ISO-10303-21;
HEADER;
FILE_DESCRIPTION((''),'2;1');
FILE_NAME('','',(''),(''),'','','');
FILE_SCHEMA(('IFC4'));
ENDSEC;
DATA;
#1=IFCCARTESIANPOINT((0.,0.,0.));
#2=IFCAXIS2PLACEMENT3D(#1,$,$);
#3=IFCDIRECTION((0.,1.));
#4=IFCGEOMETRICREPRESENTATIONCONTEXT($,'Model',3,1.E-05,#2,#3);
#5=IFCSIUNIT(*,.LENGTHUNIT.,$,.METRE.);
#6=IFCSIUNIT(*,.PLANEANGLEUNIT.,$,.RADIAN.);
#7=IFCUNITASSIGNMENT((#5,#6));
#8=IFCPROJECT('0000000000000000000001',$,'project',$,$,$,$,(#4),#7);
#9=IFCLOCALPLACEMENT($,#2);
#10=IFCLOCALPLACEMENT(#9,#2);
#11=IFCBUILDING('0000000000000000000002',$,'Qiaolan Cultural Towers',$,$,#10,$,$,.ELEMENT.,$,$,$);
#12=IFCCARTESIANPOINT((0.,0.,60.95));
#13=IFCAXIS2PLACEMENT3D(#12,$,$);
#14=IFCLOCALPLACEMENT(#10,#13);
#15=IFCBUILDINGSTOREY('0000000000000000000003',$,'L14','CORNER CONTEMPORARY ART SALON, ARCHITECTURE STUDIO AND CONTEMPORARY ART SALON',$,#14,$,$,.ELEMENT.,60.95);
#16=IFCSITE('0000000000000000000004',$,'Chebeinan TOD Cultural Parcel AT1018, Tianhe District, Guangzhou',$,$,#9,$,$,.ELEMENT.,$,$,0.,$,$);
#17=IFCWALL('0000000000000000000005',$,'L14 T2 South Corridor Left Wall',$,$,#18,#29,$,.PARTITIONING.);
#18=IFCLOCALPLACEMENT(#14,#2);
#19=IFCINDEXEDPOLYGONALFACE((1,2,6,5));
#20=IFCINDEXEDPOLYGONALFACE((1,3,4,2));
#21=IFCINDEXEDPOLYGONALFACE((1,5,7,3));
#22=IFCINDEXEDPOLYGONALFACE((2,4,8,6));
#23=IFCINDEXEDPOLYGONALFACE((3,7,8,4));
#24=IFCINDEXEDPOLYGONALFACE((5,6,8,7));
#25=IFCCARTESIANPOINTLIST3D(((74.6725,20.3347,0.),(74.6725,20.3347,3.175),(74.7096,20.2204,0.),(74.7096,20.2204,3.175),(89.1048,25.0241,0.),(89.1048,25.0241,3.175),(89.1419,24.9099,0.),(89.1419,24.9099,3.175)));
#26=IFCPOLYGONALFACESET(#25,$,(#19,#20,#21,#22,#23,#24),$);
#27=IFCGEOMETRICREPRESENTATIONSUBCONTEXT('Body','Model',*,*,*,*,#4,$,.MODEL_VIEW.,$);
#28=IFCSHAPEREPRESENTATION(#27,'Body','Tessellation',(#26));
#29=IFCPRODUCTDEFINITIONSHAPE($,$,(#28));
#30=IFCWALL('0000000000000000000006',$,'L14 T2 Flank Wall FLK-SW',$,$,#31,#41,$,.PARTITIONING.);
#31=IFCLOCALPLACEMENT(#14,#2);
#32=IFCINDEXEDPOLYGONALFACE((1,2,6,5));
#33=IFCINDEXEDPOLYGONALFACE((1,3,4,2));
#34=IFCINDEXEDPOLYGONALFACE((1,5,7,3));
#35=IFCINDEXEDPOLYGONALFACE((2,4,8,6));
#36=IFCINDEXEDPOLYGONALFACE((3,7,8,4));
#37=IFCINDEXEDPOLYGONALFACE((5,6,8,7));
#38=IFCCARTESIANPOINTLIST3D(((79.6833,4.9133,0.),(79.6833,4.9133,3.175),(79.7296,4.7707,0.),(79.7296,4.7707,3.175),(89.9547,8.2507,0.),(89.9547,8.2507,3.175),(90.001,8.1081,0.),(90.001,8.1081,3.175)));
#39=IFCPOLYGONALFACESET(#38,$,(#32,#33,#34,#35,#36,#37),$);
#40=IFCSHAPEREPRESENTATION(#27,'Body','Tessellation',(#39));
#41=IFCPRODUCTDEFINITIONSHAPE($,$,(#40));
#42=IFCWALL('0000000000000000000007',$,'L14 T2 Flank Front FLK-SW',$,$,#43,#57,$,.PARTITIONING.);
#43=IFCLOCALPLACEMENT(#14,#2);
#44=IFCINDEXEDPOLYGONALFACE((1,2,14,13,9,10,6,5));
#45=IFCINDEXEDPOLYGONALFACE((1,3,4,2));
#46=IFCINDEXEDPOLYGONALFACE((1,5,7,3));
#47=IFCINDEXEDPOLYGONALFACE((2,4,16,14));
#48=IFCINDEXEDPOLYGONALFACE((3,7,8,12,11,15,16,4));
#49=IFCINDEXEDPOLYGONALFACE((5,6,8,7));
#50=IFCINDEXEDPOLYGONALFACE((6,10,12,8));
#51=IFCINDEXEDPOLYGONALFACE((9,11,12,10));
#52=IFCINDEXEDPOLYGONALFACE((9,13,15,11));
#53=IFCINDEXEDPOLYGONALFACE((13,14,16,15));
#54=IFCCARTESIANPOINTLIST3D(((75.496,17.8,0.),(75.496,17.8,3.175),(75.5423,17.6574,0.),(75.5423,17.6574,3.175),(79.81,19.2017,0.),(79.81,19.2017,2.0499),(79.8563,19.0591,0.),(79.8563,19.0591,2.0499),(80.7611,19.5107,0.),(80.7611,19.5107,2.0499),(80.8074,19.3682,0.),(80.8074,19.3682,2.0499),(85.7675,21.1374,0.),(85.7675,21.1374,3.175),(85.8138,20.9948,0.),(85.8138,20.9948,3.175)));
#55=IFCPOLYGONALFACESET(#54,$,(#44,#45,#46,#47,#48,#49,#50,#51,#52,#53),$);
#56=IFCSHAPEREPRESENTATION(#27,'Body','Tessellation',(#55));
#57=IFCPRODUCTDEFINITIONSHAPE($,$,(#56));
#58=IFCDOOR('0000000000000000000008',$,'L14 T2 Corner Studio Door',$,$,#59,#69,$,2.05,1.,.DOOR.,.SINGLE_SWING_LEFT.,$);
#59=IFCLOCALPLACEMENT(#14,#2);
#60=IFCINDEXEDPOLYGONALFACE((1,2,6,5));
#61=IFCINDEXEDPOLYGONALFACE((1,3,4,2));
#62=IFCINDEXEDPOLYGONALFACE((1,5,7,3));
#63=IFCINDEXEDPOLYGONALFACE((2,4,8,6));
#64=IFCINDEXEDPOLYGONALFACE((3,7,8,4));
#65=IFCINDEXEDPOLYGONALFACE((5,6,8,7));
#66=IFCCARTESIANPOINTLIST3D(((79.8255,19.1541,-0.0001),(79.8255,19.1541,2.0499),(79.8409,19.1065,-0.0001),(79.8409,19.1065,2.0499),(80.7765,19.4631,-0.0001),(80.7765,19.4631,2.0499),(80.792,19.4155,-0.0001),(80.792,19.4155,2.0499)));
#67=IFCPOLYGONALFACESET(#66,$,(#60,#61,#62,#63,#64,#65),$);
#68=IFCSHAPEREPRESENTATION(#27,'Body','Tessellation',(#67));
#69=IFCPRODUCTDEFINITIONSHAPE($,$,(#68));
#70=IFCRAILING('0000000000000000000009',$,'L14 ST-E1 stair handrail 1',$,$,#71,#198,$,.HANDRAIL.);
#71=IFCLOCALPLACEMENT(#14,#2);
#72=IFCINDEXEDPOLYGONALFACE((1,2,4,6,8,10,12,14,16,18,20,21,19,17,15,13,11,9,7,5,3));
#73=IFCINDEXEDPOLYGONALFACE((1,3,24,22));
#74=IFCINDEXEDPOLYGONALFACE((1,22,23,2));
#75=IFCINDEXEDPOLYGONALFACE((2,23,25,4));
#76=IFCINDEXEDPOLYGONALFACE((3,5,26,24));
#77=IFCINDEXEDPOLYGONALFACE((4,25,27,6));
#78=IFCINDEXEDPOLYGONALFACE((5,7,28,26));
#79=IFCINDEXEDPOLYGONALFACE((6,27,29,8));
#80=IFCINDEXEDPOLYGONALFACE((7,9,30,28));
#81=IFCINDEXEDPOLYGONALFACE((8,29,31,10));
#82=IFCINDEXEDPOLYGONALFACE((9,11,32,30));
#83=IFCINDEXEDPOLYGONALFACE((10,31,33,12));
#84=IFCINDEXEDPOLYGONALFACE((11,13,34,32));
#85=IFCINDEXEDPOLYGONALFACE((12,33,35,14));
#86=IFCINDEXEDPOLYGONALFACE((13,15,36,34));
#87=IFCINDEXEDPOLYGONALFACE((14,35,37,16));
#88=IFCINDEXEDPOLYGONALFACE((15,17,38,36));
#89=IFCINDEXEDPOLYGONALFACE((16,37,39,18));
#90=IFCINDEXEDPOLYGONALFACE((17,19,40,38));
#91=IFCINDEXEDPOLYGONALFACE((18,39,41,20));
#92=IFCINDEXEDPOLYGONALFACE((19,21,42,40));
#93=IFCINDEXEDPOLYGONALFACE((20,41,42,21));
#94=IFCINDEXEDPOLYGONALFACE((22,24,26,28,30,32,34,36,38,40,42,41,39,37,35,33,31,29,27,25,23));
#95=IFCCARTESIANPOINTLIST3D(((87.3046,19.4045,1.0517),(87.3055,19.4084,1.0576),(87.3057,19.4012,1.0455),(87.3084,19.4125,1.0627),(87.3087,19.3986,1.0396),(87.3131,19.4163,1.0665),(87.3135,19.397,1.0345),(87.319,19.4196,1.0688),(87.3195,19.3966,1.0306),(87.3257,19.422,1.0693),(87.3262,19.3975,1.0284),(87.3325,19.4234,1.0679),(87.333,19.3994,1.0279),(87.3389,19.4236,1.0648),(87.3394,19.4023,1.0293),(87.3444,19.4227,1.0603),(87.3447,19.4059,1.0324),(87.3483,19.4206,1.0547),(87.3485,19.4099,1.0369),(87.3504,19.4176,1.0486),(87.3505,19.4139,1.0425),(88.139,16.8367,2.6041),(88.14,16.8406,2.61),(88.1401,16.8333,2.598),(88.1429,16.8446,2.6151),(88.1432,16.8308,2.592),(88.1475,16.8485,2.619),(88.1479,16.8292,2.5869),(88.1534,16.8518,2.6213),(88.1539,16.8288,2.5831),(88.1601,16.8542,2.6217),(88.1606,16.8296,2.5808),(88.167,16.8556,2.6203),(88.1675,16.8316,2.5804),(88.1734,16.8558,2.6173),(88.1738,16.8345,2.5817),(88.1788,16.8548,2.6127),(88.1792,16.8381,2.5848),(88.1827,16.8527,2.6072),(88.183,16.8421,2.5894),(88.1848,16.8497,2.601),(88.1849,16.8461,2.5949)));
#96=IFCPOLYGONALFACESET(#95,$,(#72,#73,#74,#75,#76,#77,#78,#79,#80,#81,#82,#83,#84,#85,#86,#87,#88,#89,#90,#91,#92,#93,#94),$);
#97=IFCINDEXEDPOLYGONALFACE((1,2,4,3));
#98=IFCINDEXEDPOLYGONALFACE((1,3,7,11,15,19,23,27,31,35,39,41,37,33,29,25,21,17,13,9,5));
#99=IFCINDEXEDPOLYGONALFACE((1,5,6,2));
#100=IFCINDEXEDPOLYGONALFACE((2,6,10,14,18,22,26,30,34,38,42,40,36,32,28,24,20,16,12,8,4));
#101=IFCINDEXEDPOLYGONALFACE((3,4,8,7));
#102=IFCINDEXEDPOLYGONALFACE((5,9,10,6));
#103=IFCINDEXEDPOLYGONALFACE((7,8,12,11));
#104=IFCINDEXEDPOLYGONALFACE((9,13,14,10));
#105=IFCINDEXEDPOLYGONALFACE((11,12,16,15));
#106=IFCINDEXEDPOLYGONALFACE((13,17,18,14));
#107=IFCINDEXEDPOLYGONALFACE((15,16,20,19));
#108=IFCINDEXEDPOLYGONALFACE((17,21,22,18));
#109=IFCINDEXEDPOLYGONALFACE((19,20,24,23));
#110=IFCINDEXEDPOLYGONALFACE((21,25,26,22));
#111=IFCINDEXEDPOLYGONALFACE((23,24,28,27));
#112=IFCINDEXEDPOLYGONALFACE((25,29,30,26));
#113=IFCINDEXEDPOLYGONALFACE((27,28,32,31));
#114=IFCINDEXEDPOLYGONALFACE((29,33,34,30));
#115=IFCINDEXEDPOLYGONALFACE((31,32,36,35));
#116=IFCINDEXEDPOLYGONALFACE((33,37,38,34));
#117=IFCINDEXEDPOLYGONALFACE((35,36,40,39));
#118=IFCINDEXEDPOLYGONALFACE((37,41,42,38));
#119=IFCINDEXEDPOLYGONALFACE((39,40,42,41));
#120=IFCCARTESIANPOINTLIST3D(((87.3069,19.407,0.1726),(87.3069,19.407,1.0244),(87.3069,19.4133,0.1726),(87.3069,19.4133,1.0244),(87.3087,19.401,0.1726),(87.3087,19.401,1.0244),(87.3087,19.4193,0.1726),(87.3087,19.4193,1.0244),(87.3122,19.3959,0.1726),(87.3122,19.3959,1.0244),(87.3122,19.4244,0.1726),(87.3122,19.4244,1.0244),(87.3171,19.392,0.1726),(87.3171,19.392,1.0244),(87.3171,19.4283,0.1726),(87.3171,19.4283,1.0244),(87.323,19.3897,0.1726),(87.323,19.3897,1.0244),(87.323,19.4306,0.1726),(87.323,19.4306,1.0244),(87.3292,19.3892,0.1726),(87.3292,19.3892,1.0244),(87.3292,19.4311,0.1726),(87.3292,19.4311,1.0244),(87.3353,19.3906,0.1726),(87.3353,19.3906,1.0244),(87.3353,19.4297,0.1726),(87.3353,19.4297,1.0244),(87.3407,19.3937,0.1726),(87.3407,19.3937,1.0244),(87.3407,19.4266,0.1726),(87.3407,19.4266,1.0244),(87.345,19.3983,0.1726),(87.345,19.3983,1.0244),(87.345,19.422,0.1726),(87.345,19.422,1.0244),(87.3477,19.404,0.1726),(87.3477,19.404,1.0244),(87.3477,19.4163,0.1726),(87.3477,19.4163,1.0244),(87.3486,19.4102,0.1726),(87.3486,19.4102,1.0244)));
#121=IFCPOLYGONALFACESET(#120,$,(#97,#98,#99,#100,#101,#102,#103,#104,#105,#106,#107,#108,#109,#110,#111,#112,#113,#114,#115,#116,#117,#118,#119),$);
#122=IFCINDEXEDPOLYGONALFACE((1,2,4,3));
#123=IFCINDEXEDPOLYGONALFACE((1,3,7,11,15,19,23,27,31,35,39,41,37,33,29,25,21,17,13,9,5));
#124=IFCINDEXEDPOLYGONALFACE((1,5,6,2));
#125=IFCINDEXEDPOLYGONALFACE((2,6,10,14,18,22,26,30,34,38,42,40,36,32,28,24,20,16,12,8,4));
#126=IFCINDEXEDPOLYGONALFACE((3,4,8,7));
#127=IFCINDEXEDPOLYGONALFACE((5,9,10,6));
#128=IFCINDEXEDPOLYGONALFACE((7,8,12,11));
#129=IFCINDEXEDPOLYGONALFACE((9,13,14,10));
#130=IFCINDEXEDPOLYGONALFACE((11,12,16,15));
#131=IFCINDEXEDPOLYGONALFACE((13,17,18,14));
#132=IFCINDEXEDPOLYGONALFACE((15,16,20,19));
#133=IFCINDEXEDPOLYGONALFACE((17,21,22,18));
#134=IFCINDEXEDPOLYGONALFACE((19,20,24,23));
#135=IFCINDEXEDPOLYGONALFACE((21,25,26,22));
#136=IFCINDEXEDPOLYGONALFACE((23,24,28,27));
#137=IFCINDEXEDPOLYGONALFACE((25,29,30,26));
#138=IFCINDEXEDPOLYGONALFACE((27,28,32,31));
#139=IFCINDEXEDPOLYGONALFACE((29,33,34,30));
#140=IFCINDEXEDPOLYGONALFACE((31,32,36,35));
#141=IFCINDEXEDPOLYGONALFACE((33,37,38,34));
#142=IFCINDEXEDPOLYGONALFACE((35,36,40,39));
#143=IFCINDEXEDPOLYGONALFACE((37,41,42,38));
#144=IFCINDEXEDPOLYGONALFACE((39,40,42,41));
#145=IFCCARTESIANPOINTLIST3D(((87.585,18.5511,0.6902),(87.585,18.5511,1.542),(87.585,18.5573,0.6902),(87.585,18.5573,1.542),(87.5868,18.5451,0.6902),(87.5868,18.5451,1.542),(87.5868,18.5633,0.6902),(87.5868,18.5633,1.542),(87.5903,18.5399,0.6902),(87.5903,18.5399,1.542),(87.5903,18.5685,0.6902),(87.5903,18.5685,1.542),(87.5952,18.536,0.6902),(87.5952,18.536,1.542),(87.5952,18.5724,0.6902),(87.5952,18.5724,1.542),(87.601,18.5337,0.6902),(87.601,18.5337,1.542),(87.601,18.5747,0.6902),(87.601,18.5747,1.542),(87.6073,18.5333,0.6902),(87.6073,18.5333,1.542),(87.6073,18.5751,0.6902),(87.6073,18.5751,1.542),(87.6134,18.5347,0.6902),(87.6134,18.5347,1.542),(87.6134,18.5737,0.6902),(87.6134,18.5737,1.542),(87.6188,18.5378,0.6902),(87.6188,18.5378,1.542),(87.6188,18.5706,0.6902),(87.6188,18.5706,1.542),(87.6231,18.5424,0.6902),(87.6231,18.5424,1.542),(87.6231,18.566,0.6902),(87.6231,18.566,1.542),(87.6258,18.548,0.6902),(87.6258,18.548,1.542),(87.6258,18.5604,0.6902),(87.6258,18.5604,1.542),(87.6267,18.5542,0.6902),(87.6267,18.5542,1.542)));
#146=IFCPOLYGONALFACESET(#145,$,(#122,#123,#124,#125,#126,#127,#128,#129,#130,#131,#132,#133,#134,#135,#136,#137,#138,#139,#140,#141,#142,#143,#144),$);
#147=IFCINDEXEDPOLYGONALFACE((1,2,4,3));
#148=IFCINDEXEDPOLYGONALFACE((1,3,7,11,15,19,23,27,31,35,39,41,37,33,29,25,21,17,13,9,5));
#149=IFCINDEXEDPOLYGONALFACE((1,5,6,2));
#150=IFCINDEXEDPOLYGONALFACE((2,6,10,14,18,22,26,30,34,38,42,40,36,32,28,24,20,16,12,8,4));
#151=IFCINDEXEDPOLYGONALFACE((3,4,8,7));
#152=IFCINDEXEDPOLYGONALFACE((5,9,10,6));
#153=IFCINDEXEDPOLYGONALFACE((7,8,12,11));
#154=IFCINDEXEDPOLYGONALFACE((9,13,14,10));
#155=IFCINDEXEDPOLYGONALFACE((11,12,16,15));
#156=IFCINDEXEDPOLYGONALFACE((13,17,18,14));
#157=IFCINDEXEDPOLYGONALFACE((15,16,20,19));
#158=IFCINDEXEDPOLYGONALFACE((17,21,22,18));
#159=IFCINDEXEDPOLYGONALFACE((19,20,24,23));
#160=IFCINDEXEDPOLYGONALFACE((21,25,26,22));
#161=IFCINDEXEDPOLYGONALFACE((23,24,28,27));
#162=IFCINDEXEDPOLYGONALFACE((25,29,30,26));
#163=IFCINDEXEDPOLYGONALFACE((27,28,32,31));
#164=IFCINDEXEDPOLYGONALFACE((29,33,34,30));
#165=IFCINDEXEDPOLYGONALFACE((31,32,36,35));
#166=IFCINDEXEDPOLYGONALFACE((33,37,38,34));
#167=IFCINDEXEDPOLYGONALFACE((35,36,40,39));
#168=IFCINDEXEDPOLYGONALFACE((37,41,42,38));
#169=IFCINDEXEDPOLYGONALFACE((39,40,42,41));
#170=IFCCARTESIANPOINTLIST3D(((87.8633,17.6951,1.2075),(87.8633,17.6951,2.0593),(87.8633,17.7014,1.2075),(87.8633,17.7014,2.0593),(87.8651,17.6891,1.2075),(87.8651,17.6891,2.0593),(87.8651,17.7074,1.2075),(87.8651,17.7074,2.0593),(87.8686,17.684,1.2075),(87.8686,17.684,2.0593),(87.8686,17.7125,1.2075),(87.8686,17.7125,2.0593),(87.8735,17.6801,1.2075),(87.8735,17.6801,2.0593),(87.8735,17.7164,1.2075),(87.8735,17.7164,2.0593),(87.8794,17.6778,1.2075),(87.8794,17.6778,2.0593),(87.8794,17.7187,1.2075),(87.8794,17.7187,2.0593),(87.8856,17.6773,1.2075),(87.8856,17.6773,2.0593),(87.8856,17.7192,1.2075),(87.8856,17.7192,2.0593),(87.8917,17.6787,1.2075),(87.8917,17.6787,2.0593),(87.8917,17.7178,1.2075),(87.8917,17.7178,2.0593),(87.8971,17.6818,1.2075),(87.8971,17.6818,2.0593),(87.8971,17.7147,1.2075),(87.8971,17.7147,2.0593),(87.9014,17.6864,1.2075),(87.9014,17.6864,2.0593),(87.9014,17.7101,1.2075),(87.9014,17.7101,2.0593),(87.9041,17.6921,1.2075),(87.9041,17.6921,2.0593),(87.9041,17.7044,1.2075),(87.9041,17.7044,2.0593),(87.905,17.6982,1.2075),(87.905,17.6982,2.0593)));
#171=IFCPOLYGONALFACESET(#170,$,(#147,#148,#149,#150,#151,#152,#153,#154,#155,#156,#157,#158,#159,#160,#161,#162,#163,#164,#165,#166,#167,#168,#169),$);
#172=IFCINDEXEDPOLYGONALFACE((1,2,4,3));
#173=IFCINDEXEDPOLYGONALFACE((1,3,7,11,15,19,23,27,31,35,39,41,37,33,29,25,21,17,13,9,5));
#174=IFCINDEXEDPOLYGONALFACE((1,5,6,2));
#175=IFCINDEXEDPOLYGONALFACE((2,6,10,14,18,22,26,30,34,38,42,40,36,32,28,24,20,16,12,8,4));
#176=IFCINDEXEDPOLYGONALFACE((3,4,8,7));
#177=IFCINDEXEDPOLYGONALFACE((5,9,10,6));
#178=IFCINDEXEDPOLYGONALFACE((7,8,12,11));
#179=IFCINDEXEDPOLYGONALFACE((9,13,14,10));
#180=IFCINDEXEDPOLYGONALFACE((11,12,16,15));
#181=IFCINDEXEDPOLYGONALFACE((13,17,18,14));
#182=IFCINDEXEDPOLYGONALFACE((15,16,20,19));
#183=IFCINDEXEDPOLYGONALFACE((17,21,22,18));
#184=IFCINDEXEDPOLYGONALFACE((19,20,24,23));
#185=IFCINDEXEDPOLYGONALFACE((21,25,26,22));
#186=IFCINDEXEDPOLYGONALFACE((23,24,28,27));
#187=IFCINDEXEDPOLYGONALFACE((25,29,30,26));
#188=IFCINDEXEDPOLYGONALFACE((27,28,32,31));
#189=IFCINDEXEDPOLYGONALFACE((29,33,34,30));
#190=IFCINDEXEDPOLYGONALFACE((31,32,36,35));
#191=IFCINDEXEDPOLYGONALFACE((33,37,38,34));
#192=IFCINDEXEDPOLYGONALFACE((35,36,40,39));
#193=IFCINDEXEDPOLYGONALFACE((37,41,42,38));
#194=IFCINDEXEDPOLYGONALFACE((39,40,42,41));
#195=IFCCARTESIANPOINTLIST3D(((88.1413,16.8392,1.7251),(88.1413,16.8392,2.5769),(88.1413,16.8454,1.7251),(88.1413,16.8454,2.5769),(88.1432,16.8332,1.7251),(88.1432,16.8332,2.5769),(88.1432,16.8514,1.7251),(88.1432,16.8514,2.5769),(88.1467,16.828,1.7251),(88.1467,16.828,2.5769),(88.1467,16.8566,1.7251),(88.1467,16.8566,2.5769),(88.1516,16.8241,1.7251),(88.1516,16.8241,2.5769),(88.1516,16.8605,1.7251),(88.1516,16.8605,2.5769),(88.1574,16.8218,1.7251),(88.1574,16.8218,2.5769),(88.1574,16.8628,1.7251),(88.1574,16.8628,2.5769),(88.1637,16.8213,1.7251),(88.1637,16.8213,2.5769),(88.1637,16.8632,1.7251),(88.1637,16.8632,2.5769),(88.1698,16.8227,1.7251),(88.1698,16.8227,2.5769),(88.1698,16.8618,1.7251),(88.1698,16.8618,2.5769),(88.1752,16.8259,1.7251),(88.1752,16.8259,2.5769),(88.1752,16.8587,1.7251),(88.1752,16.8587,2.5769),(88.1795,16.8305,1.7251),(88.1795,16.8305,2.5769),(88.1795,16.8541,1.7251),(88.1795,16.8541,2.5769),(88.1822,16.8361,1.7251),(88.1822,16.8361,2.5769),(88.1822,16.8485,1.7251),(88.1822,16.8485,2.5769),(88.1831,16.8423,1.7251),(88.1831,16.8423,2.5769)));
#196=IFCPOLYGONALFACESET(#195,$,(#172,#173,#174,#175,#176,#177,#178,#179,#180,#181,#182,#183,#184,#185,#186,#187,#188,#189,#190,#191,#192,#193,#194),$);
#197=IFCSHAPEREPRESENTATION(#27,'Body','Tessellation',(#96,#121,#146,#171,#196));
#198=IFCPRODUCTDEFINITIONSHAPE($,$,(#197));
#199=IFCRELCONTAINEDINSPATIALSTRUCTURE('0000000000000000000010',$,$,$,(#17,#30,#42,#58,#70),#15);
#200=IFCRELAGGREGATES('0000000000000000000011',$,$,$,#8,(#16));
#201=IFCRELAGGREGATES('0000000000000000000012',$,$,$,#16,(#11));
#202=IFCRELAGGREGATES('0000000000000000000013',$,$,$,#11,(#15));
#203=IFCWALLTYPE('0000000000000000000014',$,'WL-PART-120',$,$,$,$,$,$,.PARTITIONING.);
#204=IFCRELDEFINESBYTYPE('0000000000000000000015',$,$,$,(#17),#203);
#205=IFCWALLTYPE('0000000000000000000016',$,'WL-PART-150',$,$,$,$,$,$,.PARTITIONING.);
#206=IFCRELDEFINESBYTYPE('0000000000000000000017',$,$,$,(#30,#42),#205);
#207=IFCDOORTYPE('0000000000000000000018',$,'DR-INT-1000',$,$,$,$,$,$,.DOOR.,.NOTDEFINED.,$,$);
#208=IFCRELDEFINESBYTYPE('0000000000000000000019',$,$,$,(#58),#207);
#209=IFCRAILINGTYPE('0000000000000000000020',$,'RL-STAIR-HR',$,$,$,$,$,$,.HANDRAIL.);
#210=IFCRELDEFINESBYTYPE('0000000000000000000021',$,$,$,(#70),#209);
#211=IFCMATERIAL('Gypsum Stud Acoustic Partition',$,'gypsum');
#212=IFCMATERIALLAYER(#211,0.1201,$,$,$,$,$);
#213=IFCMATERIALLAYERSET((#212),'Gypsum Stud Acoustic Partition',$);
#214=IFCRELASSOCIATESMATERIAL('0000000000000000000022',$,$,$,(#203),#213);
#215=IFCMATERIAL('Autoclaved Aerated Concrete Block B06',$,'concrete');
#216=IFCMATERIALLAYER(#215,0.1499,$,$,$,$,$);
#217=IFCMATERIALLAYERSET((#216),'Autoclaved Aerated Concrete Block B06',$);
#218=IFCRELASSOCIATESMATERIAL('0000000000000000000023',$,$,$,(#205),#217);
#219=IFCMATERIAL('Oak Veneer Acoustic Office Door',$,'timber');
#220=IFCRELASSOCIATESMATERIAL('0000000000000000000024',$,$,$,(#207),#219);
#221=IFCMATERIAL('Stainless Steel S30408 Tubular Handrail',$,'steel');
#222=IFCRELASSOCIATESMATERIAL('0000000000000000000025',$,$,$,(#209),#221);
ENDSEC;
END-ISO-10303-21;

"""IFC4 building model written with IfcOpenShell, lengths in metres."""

from ifc_helpers import new_model, si_unit, direction, frame, frame_2d, origin, origin_2d, place, context, subcontext, project, spatial, rectangle, circle, extrude, material, layer, layer_set, type_object, element, fill, save


model = new_model("IFC4")

# Units and contexts
model_context = context("Model", 3, precision=1e-05, world=origin(), true_north=direction((0.0, 1.0)))
body_context = subcontext(model_context, "Body", "Model", "MODEL_VIEW")
ifc_project = project(units=[si_unit("LENGTHUNIT", "METRE"), si_unit("PLANEANGLEUNIT", "RADIAN")], contexts=[model_context])

# Site, building, storey
site_placement = place(None, origin())
site = spatial("IfcSite", under=ifc_project, at=site_placement, Name="Chebeinan TOD Cultural Parcel AT1018, Tianhe District, Guangzhou", CompositionType="ELEMENT", RefElevation=0.0)
building_placement = place(site_placement, origin())
building = spatial("IfcBuilding", under=site, at=building_placement, Name="Qiaolan Cultural Towers", CompositionType="ELEMENT")
storey_placement = place(building_placement, frame((0.0, 0.0, 60.95)))
storey = spatial("IfcBuildingStorey", under=building, at=storey_placement, Name="L14", Description="CORNER CONTEMPORARY ART SALON, ARCHITECTURE STUDIO AND CONTEMPORARY ART SALON", CompositionType="ELEMENT", Elevation=60.95)

# Walls
ifc_material_1 = material(Name="Gypsum Stud Acoustic Partition", Category="gypsum")
ifc_layer_1 = layer(ifc_material_1, 0.1201)
ifc_layer_set_1 = layer_set([ifc_layer_1], Name="Gypsum Stud Acoustic Partition")
wall_type_1 = type_object("IfcWallType", Name="WL-PART-120", PredefinedType="PARTITIONING", material=ifc_layer_set_1)
wall_1_placement = place(storey_placement, frame((74.6912, 20.2776, 0.0), z_axis=(0.0, 0.0, 1.0), x_axis=(0.951055, 0.309022, 0.0)))
element("IfcWall", 1, at=wall_1_placement, inside=storey, type_object=wall_type_1, Name="L14 T2 South Corridor Left Wall", PredefinedType="PARTITIONING", context=body_context, shape_type="SweptSolid", body=[
    extrude(rectangle(XDim=15.175, YDim=0.1201, at=frame_2d((7.5874, 0.0))), origin(), (0.0, 0.0, 1.0), 3.175),
])
ifc_material_2 = material(Name="Autoclaved Aerated Concrete Block B06", Category="concrete")
ifc_layer_2 = layer(ifc_material_2, 0.1499)
ifc_layer_set_2 = layer_set([ifc_layer_2], Name="Autoclaved Aerated Concrete Block B06")
wall_type_2 = type_object("IfcWallType", Name="WL-PART-150", PredefinedType="PARTITIONING", material=ifc_layer_set_2)
wall_2_placement = place(storey_placement, frame((79.7065, 4.842, 0.0), z_axis=(0.0, 0.0, 1.0), x_axis=(0.951057, 0.309017, 0.0)))
element("IfcWall", 2, at=wall_2_placement, inside=storey, type_object=wall_type_2, Name="L14 T2 Flank Wall FLK-SW", PredefinedType="PARTITIONING", context=body_context, shape_type="SweptSolid", body=[
    extrude(rectangle(XDim=10.8, YDim=0.1499, at=frame_2d((5.3999, 0.0))), origin(), (0.0, 0.0, 1.0), 3.175),
])

# Wall, opening, door
wall_3_placement = place(storey_placement, frame((75.5193, 17.7288, 0.0), z_axis=(0.0, 0.0, 1.0), x_axis=(0.951057, 0.309017, 0.0)))
wall_3 = element("IfcWall", 3, at=wall_3_placement, inside=storey, type_object=wall_type_2, Name="L14 T2 Flank Front FLK-SW", PredefinedType="PARTITIONING", context=body_context, shape_type="SweptSolid", body=[
    extrude(rectangle(XDim=10.8, YDim=0.1499, at=frame_2d((5.3999, 0.0))), origin(), (0.0, 0.0, 1.0), 3.175),
])
opening_1_placement = place(wall_3_placement, frame((4.5359, 0.0, 0.0)))
opening_1 = element("IfcOpeningElement", 4, at=opening_1_placement, cuts=wall_3, PredefinedType="OPENING", context=body_context, shape_type="SweptSolid", body=[
    extrude(rectangle(XDim=1.0, YDim=2.05, at=frame_2d((0.5, 1.0249))), frame((0.0, 0.085, 0.0), z_axis=(0.0, -1.0, 0.0), x_axis=(1.0, 0.0, 0.0)), (0.0, 0.0, 1.0), 0.1699),
])
ifc_material_3 = material(Name="Oak Veneer Acoustic Office Door", Category="timber")
door_type_1 = type_object("IfcDoorType", Name="DR-INT-1000", OperationType="NOTDEFINED", PredefinedType="DOOR", material=ifc_material_3)
door_1_placement = place(opening_1_placement, origin())
door_1 = element("IfcDoor", 5, at=door_1_placement, inside=storey, type_object=door_type_1, Name="L14 T2 Corner Studio Door", OperationType="SINGLE_SWING_LEFT", OverallHeight=2.05, OverallWidth=1.0, PredefinedType="DOOR", context=body_context, shape_type="SweptSolid", body=[
    extrude(rectangle(XDim=1.0, YDim=2.05, at=frame_2d((0.5, 1.0249))), frame((0.0, 0.0249, 0.0), z_axis=(0.0, -1.0, 0.0), x_axis=(1.0, 0.0, 0.0)), (0.0, 0.0, 1.0), 0.05),
])
fill(opening_1, door_1)

# Railing
ifc_material_4 = material(Name="Stainless Steel S30408 Tubular Handrail", Category="steel")
railing_type = type_object("IfcRailingType", Name="RL-STAIR-HR", PredefinedType="HANDRAIL", material=ifc_material_4)
railing_placement = place(storey_placement, frame((87.3276, 19.4102, 0.1726)))
element("IfcRailing", 6, at=railing_placement, inside=storey, type_object=railing_type, Name="L14 ST-E1 stair handrail 1", PredefinedType="HANDRAIL", context=body_context, shape_type="SweptSolid", body=[
    extrude(circle(Radius=0.0239, at=origin_2d()), frame((0.0, 0.0, 0.876), z_axis=(0.267926, -0.824471, 0.498461), x_axis=(0.951043, 0.309057, 0.0)), (0.0, 0.0, 1.0), 3.1145),
    extrude(circle(Radius=0.021, at=origin_2d()), origin(), (0.0, 0.0, 1.0), 0.8518),
    extrude(circle(Radius=0.021, at=origin_2d()), frame((0.2781, -0.856, 0.5176)), (0.0, 0.0, 1.0), 0.8518),
    extrude(circle(Radius=0.021, at=origin_2d()), frame((0.5564, -1.7119, 1.0349)), (0.0, 0.0, 1.0), 0.8518),
    extrude(circle(Radius=0.021, at=origin_2d()), frame((0.8345, -2.5679, 1.5525)), (0.0, 0.0, 1.0), 0.8518),
])

save(model, "model.ifc")
